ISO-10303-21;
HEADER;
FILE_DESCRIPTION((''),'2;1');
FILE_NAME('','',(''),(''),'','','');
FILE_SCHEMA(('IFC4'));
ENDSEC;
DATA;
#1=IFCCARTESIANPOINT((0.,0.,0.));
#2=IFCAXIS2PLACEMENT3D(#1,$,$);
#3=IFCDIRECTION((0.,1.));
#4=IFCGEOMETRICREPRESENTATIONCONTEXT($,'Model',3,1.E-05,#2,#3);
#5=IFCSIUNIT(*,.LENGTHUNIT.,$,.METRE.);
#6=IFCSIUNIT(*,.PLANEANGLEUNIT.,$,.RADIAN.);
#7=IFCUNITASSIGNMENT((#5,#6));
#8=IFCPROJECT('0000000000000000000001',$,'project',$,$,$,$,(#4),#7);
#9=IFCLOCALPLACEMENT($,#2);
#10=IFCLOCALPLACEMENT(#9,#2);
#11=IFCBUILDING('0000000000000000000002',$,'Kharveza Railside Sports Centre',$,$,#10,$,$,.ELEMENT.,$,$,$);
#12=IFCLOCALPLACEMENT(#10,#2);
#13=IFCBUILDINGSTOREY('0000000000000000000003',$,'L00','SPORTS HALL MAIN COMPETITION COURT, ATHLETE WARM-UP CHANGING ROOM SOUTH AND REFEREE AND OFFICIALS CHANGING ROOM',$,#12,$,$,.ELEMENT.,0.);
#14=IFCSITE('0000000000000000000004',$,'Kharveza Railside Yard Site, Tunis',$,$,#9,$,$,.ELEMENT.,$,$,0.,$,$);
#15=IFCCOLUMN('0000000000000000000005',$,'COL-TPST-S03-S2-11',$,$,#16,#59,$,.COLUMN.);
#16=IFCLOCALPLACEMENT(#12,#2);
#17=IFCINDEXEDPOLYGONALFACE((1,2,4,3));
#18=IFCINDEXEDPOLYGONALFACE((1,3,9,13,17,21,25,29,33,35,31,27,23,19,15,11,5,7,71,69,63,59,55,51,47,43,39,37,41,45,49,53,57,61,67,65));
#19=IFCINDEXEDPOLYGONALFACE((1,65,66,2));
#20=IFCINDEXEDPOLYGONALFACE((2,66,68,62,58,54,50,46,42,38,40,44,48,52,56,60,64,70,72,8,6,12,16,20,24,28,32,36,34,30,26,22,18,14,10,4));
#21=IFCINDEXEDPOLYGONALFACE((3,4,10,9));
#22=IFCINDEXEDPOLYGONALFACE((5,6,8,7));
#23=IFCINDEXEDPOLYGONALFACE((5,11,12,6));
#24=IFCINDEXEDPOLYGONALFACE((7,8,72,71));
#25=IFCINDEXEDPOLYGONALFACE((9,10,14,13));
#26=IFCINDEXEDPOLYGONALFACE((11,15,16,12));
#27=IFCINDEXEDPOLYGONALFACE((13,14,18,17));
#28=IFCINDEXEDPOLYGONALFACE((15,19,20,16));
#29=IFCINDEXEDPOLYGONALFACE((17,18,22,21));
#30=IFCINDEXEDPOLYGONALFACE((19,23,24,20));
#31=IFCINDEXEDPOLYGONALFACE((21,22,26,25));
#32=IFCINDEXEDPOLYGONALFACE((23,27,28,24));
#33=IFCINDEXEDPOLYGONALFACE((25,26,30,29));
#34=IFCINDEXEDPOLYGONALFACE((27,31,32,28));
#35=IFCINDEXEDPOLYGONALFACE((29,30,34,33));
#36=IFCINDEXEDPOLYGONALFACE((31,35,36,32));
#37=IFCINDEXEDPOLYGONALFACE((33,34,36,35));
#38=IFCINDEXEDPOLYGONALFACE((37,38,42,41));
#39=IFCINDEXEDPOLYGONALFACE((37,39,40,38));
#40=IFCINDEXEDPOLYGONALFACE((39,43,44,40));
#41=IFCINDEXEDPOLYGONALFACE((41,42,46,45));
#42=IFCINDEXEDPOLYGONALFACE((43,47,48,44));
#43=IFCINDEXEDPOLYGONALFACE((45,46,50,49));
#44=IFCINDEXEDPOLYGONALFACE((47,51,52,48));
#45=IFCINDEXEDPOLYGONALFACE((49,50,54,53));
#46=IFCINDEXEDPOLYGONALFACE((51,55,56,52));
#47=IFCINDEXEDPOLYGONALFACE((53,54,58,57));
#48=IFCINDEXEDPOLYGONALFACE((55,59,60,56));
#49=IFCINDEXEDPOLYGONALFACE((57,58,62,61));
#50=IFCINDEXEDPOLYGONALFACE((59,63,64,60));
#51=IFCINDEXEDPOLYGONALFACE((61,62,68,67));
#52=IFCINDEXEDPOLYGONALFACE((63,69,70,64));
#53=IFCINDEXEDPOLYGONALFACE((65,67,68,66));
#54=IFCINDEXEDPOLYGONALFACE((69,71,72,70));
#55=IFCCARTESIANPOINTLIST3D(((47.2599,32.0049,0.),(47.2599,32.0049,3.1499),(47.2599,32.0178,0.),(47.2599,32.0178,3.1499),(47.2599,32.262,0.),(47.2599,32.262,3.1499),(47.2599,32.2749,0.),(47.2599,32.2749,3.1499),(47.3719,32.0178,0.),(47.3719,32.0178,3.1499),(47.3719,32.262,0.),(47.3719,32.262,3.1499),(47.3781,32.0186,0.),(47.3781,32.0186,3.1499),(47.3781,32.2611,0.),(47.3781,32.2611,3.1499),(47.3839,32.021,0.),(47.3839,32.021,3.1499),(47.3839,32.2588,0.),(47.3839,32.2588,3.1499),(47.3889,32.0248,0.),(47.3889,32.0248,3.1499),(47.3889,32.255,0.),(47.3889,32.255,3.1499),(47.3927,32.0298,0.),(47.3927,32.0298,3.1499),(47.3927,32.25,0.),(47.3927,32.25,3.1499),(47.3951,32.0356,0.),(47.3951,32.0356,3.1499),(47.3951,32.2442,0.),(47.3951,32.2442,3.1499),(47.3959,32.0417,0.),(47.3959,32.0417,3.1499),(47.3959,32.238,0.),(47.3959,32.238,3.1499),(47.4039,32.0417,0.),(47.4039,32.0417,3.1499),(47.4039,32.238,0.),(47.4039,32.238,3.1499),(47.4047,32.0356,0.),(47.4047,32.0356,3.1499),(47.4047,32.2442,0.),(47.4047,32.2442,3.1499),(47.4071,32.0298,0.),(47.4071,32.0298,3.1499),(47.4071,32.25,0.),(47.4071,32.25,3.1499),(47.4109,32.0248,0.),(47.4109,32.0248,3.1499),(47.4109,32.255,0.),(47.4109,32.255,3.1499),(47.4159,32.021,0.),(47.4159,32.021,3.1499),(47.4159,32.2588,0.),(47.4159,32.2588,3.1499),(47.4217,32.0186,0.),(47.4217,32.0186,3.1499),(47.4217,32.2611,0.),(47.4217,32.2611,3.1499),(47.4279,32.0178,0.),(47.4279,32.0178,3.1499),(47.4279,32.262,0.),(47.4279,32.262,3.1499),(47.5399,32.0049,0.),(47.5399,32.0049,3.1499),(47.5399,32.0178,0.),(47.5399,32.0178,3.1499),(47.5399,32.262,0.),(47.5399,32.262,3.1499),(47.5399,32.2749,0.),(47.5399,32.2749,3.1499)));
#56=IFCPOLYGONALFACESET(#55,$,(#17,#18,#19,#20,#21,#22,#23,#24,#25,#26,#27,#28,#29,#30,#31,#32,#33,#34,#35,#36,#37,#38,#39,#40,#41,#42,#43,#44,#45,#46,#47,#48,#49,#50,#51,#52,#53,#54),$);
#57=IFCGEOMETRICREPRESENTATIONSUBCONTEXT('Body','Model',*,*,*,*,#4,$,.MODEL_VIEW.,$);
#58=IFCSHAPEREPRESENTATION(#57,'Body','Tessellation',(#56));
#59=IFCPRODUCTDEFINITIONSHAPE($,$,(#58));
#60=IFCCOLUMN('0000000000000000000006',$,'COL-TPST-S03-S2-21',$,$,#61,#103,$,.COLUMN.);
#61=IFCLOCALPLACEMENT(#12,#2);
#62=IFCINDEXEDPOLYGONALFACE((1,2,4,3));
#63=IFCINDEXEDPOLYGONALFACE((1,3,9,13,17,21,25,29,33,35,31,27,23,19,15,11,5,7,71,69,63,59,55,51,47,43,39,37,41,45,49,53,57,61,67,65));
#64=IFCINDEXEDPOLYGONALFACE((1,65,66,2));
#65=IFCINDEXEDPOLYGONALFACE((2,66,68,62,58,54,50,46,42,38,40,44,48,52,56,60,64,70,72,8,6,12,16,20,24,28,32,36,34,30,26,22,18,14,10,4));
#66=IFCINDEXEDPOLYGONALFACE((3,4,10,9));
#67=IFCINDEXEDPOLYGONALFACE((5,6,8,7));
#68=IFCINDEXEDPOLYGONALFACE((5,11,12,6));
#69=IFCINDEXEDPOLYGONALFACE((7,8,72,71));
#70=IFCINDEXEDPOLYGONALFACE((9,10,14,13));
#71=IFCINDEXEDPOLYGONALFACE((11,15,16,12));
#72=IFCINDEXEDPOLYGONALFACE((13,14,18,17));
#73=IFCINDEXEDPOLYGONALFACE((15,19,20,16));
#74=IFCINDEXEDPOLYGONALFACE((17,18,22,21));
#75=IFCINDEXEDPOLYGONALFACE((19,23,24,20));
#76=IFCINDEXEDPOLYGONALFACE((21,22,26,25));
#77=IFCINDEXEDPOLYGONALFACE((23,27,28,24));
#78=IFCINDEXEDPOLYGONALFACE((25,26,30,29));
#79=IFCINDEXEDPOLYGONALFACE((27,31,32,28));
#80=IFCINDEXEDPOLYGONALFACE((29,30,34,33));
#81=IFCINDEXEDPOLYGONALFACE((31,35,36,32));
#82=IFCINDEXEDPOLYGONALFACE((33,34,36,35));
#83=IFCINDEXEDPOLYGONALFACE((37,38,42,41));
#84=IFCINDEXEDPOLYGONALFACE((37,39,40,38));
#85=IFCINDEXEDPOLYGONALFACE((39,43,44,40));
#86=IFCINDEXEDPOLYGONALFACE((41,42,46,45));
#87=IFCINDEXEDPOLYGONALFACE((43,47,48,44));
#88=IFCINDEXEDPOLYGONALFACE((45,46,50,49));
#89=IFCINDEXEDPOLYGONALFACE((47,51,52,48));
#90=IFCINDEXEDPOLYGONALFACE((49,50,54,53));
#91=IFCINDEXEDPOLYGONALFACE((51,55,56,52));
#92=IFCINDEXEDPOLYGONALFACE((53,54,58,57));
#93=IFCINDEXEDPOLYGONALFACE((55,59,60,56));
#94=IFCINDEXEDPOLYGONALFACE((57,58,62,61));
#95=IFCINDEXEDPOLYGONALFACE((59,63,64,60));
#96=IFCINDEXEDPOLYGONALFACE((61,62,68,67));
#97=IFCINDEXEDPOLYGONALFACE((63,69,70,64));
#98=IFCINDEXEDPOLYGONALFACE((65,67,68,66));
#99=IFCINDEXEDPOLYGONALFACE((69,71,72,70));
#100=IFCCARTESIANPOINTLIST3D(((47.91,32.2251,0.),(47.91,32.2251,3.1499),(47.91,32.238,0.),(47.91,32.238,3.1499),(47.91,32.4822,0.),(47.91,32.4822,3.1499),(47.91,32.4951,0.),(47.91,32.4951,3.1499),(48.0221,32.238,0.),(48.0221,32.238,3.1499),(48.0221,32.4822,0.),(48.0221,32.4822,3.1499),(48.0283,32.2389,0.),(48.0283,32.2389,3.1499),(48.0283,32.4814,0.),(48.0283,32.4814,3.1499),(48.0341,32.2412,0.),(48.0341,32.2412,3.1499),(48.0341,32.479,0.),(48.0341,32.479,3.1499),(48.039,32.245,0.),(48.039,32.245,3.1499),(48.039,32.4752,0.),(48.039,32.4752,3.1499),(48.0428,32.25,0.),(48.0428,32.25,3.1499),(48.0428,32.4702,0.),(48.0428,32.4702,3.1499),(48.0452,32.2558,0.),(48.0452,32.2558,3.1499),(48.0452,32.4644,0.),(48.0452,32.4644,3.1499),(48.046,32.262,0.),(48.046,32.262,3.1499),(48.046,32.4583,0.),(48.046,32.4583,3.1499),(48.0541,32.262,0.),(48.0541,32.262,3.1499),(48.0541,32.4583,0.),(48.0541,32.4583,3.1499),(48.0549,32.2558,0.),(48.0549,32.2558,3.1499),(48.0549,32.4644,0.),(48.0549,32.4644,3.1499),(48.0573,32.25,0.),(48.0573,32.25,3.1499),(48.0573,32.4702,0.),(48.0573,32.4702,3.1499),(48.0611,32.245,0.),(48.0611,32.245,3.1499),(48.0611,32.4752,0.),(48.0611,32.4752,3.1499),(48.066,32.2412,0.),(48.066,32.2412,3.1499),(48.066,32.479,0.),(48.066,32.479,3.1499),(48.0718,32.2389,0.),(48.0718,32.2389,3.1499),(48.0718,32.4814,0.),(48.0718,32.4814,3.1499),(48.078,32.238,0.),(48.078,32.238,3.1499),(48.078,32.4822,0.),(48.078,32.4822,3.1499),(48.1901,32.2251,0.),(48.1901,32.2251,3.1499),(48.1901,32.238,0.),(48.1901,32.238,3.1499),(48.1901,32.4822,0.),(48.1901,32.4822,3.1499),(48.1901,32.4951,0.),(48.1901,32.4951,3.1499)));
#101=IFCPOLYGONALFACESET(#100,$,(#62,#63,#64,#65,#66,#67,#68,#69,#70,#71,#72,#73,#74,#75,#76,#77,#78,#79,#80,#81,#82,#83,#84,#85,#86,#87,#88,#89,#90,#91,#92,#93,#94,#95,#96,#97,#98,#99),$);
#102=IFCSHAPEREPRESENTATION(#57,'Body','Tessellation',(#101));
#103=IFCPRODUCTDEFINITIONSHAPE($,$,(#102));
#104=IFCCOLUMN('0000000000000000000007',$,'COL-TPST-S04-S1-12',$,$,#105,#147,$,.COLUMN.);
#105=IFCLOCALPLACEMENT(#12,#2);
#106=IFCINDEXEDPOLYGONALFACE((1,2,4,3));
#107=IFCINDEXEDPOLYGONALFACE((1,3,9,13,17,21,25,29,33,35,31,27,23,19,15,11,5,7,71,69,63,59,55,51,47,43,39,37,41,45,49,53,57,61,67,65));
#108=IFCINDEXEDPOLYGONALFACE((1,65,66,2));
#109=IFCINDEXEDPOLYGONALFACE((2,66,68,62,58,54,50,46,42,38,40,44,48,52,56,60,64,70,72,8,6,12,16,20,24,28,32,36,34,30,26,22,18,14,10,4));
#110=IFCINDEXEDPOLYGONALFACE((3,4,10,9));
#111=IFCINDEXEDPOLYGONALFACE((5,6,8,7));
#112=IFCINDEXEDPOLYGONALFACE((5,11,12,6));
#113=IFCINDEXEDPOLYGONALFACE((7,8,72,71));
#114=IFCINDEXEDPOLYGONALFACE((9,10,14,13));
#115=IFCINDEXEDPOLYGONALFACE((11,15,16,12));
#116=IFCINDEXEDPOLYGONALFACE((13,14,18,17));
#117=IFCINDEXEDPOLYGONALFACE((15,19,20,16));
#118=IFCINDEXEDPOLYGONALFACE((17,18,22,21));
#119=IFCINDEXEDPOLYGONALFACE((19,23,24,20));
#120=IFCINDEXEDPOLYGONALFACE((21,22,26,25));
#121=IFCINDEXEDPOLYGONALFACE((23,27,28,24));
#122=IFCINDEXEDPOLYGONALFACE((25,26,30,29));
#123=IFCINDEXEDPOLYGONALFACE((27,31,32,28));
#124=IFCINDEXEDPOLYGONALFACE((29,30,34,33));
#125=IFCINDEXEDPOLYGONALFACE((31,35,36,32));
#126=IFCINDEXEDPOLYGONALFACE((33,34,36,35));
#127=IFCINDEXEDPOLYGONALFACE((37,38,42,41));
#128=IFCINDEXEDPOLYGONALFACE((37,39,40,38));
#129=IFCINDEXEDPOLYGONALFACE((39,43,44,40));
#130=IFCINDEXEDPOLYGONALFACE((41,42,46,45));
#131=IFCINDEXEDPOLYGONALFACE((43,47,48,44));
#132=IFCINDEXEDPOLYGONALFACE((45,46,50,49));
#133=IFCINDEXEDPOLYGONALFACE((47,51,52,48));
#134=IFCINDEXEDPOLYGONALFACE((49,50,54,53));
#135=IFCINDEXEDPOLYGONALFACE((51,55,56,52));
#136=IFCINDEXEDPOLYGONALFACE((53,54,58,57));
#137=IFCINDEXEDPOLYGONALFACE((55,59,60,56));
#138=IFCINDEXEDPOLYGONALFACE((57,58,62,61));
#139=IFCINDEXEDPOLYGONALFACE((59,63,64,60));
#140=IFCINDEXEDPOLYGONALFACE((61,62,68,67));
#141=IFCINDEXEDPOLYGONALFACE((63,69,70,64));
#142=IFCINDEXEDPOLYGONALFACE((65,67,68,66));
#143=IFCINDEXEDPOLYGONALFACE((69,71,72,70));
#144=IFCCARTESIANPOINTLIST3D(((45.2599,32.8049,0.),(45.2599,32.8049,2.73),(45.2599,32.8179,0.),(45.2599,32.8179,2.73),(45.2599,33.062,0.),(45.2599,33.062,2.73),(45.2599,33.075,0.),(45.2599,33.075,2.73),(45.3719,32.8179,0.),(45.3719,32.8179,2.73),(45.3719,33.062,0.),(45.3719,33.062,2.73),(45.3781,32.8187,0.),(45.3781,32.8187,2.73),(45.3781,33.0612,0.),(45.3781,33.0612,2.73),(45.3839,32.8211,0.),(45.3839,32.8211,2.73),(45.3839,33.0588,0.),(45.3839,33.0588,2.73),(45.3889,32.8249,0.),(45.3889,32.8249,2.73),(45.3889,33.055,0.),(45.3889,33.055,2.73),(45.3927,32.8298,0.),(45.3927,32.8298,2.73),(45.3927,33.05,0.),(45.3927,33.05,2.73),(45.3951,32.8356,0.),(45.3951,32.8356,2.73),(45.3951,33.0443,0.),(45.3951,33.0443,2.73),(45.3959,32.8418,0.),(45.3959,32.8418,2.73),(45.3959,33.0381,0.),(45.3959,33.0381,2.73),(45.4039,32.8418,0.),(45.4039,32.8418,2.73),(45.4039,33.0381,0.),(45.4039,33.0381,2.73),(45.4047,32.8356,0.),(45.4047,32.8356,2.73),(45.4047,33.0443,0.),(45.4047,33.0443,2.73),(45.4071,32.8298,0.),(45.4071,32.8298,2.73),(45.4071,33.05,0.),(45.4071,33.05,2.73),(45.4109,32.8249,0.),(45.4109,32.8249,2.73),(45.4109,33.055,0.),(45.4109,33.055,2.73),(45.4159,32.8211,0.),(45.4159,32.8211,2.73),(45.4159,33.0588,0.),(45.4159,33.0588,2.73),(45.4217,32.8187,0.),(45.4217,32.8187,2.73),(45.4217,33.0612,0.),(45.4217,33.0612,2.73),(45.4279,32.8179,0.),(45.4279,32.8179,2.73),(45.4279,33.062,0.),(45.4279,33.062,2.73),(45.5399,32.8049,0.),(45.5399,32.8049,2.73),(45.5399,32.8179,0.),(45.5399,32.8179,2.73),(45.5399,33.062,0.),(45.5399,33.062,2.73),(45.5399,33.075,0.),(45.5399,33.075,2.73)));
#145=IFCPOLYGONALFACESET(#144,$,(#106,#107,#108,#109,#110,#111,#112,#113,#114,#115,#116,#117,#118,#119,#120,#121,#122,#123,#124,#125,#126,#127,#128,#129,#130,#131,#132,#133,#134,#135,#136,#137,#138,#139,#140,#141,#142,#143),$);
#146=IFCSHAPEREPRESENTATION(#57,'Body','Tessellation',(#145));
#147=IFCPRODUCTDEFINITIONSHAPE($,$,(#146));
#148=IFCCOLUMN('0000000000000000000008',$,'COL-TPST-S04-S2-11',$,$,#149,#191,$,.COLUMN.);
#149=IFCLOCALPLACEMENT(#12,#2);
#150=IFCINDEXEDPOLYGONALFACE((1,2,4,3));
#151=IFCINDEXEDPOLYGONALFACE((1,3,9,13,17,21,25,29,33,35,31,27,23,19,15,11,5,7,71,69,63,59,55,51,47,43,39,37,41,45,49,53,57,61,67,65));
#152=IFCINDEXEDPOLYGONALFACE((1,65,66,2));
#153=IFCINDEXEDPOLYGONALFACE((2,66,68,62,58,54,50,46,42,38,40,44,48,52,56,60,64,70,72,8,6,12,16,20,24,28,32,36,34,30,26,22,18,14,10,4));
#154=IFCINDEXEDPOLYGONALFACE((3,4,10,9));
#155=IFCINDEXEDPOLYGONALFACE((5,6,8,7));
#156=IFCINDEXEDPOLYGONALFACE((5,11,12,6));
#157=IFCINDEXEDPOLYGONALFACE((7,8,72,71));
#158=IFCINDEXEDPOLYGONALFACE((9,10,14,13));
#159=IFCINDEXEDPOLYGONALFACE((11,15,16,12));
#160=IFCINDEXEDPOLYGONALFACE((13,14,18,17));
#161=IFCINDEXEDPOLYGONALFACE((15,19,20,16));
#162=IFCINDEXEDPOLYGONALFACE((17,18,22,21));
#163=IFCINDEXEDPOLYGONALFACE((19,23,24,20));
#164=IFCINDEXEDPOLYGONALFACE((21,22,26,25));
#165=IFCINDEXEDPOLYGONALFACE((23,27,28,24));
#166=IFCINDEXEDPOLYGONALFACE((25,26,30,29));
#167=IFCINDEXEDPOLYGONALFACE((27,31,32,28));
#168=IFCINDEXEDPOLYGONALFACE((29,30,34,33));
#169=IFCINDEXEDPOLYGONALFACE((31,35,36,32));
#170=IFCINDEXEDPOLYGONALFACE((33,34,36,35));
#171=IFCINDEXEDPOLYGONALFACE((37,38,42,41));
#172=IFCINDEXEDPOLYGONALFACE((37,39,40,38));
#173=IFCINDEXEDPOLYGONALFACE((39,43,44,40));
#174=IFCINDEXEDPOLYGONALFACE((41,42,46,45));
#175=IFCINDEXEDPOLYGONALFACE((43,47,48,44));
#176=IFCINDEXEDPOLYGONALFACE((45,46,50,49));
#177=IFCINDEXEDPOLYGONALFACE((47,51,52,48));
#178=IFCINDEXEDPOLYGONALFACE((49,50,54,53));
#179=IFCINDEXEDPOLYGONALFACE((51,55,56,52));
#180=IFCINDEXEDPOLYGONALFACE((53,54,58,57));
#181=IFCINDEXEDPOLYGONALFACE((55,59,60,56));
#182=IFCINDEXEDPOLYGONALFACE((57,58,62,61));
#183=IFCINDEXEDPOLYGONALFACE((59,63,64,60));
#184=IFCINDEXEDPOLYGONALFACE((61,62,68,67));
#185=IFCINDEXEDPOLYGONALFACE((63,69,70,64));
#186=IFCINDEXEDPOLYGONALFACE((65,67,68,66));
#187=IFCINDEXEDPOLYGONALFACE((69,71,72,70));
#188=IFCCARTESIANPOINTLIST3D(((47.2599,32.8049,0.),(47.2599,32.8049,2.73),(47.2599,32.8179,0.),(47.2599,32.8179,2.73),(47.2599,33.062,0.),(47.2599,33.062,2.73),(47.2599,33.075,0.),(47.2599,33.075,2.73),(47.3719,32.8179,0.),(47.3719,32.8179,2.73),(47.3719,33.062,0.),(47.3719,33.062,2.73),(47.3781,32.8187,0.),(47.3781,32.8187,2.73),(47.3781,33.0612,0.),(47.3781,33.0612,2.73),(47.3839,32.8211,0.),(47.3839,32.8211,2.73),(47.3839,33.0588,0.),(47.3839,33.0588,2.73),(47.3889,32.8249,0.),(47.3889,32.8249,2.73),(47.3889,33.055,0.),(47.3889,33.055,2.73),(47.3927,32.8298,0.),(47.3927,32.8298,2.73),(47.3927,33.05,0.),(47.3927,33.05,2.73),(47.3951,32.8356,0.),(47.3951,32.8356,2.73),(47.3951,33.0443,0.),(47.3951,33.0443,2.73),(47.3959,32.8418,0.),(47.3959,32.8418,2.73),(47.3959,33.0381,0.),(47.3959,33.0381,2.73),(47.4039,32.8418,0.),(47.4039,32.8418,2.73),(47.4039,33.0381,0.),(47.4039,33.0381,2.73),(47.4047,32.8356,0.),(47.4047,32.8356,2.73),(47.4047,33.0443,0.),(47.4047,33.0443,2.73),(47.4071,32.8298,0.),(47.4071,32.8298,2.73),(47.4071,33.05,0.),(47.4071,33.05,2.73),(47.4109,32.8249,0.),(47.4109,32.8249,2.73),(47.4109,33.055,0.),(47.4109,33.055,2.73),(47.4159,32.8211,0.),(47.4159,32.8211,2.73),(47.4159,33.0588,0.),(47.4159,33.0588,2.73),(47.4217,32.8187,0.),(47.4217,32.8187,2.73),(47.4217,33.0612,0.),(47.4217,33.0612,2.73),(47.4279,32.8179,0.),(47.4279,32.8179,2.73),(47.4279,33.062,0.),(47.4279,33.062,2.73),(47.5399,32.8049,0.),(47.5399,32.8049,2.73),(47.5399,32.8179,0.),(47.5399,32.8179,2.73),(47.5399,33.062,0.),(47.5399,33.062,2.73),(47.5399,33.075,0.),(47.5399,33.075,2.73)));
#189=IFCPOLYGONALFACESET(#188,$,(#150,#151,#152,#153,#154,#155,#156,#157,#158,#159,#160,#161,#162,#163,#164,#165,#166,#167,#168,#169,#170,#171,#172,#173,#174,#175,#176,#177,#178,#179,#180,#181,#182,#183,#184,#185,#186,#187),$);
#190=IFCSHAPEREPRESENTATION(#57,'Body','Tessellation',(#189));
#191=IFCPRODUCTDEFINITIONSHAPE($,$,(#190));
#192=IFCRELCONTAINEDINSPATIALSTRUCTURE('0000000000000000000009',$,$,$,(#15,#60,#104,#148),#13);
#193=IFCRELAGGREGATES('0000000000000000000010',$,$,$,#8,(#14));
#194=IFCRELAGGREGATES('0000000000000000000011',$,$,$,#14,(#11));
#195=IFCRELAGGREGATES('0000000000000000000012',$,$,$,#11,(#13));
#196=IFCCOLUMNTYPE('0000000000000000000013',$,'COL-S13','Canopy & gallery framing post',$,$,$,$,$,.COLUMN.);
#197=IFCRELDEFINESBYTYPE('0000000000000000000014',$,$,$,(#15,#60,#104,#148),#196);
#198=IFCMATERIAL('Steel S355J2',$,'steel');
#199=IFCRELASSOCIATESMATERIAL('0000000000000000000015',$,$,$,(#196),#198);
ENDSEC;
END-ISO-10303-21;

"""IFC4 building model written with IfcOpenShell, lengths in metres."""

from ifc_helpers import new_model, si_unit, direction, frame, origin, origin_2d, place, context, subcontext, project, spatial, i_section, extrude, material, material_profile, profile_set, type_object, element, save


model = new_model("IFC4")

# Units and contexts
model_context = context("Model", 3, precision=1e-05, world=origin(), true_north=direction((0.0, 1.0)))
body_context = subcontext(model_context, "Body", "Model", "MODEL_VIEW")
ifc_project = project(units=[si_unit("LENGTHUNIT", "METRE"), si_unit("PLANEANGLEUNIT", "RADIAN")], contexts=[model_context])

# Site, building, storey
site_placement = place(None, origin())
site = spatial("IfcSite", under=ifc_project, at=site_placement, Name="Kharveza Railside Yard Site, Tunis", CompositionType="ELEMENT", RefElevation=0.0)
building_placement = place(site_placement, origin())
building = spatial("IfcBuilding", under=site, at=building_placement, Name="Kharveza Railside Sports Centre", CompositionType="ELEMENT")
storey_placement = place(building_placement, origin())
storey = spatial("IfcBuildingStorey", under=building, at=storey_placement, Name="L00", Description="SPORTS HALL MAIN COMPETITION COURT, ATHLETE WARM-UP CHANGING ROOM SOUTH AND REFEREE AND OFFICIALS CHANGING ROOM", CompositionType="ELEMENT", Elevation=0.0)

# Columns
ifc_material_1 = material(Name="Steel S355J2", Category="steel")
ifc_material_profile_1 = material_profile(ifc_material_1, i_section(OverallWidth=0.28, OverallDepth=0.27, WebThickness=0.0081, FlangeThickness=0.0129, FilletRadius=0.0239, at=origin_2d()), Name="HEA 280")
ifc_profile_set_1 = profile_set([ifc_material_profile_1], Name="Steel S355J2")
column_type_1 = type_object("IfcColumnType", Name="COL-S13", Description="Canopy & gallery framing post", PredefinedType="COLUMN", material=ifc_profile_set_1)
for number, where, z_axis, x_axis, name in (
    (1, (47.3999, 32.1399, 0.0), (0.0, 0.0, 1.0), (1.0, 0.0, 0.0), "COL-TPST-S03-S2-11"),
    (2, (48.05, 32.3601, 0.0), (0.0, 0.0, 1.0), (1.0, 0.0, 0.0), "COL-TPST-S03-S2-21"),
):
    element("IfcColumn", number, at=place(storey_placement, frame(where, z_axis=z_axis, x_axis=x_axis)), inside=storey, type_object=column_type_1, Name=name, PredefinedType="COLUMN", context=body_context, shape_type="SweptSolid", body=[
        extrude(i_section(OverallWidth=0.28, OverallDepth=0.27, WebThickness=0.0081, FlangeThickness=0.0129, FilletRadius=0.0239, at=origin_2d()), origin(), (0.0, 0.0, 1.0), 3.1499),
    ])
for number, where, z_axis, x_axis, name in (
    (3, (45.3999, 32.9399, 0.0), (0.0, 0.0, 1.0), (1.0, 0.0, 0.0), "COL-TPST-S04-S1-12"),
    (4, (47.3999, 32.9399, 0.0), (0.0, 0.0, 1.0), (1.0, 0.0, 0.0), "COL-TPST-S04-S2-11"),
):
    element("IfcColumn", number, at=place(storey_placement, frame(where, z_axis=z_axis, x_axis=x_axis)), inside=storey, type_object=column_type_1, Name=name, PredefinedType="COLUMN", context=body_context, shape_type="SweptSolid", body=[
        extrude(i_section(OverallWidth=0.28, OverallDepth=0.27, WebThickness=0.0081, FlangeThickness=0.0129, FilletRadius=0.0239, at=origin_2d()), origin(), (0.0, 0.0, 1.0), 2.73),
    ])

save(model, "model.ifc")
